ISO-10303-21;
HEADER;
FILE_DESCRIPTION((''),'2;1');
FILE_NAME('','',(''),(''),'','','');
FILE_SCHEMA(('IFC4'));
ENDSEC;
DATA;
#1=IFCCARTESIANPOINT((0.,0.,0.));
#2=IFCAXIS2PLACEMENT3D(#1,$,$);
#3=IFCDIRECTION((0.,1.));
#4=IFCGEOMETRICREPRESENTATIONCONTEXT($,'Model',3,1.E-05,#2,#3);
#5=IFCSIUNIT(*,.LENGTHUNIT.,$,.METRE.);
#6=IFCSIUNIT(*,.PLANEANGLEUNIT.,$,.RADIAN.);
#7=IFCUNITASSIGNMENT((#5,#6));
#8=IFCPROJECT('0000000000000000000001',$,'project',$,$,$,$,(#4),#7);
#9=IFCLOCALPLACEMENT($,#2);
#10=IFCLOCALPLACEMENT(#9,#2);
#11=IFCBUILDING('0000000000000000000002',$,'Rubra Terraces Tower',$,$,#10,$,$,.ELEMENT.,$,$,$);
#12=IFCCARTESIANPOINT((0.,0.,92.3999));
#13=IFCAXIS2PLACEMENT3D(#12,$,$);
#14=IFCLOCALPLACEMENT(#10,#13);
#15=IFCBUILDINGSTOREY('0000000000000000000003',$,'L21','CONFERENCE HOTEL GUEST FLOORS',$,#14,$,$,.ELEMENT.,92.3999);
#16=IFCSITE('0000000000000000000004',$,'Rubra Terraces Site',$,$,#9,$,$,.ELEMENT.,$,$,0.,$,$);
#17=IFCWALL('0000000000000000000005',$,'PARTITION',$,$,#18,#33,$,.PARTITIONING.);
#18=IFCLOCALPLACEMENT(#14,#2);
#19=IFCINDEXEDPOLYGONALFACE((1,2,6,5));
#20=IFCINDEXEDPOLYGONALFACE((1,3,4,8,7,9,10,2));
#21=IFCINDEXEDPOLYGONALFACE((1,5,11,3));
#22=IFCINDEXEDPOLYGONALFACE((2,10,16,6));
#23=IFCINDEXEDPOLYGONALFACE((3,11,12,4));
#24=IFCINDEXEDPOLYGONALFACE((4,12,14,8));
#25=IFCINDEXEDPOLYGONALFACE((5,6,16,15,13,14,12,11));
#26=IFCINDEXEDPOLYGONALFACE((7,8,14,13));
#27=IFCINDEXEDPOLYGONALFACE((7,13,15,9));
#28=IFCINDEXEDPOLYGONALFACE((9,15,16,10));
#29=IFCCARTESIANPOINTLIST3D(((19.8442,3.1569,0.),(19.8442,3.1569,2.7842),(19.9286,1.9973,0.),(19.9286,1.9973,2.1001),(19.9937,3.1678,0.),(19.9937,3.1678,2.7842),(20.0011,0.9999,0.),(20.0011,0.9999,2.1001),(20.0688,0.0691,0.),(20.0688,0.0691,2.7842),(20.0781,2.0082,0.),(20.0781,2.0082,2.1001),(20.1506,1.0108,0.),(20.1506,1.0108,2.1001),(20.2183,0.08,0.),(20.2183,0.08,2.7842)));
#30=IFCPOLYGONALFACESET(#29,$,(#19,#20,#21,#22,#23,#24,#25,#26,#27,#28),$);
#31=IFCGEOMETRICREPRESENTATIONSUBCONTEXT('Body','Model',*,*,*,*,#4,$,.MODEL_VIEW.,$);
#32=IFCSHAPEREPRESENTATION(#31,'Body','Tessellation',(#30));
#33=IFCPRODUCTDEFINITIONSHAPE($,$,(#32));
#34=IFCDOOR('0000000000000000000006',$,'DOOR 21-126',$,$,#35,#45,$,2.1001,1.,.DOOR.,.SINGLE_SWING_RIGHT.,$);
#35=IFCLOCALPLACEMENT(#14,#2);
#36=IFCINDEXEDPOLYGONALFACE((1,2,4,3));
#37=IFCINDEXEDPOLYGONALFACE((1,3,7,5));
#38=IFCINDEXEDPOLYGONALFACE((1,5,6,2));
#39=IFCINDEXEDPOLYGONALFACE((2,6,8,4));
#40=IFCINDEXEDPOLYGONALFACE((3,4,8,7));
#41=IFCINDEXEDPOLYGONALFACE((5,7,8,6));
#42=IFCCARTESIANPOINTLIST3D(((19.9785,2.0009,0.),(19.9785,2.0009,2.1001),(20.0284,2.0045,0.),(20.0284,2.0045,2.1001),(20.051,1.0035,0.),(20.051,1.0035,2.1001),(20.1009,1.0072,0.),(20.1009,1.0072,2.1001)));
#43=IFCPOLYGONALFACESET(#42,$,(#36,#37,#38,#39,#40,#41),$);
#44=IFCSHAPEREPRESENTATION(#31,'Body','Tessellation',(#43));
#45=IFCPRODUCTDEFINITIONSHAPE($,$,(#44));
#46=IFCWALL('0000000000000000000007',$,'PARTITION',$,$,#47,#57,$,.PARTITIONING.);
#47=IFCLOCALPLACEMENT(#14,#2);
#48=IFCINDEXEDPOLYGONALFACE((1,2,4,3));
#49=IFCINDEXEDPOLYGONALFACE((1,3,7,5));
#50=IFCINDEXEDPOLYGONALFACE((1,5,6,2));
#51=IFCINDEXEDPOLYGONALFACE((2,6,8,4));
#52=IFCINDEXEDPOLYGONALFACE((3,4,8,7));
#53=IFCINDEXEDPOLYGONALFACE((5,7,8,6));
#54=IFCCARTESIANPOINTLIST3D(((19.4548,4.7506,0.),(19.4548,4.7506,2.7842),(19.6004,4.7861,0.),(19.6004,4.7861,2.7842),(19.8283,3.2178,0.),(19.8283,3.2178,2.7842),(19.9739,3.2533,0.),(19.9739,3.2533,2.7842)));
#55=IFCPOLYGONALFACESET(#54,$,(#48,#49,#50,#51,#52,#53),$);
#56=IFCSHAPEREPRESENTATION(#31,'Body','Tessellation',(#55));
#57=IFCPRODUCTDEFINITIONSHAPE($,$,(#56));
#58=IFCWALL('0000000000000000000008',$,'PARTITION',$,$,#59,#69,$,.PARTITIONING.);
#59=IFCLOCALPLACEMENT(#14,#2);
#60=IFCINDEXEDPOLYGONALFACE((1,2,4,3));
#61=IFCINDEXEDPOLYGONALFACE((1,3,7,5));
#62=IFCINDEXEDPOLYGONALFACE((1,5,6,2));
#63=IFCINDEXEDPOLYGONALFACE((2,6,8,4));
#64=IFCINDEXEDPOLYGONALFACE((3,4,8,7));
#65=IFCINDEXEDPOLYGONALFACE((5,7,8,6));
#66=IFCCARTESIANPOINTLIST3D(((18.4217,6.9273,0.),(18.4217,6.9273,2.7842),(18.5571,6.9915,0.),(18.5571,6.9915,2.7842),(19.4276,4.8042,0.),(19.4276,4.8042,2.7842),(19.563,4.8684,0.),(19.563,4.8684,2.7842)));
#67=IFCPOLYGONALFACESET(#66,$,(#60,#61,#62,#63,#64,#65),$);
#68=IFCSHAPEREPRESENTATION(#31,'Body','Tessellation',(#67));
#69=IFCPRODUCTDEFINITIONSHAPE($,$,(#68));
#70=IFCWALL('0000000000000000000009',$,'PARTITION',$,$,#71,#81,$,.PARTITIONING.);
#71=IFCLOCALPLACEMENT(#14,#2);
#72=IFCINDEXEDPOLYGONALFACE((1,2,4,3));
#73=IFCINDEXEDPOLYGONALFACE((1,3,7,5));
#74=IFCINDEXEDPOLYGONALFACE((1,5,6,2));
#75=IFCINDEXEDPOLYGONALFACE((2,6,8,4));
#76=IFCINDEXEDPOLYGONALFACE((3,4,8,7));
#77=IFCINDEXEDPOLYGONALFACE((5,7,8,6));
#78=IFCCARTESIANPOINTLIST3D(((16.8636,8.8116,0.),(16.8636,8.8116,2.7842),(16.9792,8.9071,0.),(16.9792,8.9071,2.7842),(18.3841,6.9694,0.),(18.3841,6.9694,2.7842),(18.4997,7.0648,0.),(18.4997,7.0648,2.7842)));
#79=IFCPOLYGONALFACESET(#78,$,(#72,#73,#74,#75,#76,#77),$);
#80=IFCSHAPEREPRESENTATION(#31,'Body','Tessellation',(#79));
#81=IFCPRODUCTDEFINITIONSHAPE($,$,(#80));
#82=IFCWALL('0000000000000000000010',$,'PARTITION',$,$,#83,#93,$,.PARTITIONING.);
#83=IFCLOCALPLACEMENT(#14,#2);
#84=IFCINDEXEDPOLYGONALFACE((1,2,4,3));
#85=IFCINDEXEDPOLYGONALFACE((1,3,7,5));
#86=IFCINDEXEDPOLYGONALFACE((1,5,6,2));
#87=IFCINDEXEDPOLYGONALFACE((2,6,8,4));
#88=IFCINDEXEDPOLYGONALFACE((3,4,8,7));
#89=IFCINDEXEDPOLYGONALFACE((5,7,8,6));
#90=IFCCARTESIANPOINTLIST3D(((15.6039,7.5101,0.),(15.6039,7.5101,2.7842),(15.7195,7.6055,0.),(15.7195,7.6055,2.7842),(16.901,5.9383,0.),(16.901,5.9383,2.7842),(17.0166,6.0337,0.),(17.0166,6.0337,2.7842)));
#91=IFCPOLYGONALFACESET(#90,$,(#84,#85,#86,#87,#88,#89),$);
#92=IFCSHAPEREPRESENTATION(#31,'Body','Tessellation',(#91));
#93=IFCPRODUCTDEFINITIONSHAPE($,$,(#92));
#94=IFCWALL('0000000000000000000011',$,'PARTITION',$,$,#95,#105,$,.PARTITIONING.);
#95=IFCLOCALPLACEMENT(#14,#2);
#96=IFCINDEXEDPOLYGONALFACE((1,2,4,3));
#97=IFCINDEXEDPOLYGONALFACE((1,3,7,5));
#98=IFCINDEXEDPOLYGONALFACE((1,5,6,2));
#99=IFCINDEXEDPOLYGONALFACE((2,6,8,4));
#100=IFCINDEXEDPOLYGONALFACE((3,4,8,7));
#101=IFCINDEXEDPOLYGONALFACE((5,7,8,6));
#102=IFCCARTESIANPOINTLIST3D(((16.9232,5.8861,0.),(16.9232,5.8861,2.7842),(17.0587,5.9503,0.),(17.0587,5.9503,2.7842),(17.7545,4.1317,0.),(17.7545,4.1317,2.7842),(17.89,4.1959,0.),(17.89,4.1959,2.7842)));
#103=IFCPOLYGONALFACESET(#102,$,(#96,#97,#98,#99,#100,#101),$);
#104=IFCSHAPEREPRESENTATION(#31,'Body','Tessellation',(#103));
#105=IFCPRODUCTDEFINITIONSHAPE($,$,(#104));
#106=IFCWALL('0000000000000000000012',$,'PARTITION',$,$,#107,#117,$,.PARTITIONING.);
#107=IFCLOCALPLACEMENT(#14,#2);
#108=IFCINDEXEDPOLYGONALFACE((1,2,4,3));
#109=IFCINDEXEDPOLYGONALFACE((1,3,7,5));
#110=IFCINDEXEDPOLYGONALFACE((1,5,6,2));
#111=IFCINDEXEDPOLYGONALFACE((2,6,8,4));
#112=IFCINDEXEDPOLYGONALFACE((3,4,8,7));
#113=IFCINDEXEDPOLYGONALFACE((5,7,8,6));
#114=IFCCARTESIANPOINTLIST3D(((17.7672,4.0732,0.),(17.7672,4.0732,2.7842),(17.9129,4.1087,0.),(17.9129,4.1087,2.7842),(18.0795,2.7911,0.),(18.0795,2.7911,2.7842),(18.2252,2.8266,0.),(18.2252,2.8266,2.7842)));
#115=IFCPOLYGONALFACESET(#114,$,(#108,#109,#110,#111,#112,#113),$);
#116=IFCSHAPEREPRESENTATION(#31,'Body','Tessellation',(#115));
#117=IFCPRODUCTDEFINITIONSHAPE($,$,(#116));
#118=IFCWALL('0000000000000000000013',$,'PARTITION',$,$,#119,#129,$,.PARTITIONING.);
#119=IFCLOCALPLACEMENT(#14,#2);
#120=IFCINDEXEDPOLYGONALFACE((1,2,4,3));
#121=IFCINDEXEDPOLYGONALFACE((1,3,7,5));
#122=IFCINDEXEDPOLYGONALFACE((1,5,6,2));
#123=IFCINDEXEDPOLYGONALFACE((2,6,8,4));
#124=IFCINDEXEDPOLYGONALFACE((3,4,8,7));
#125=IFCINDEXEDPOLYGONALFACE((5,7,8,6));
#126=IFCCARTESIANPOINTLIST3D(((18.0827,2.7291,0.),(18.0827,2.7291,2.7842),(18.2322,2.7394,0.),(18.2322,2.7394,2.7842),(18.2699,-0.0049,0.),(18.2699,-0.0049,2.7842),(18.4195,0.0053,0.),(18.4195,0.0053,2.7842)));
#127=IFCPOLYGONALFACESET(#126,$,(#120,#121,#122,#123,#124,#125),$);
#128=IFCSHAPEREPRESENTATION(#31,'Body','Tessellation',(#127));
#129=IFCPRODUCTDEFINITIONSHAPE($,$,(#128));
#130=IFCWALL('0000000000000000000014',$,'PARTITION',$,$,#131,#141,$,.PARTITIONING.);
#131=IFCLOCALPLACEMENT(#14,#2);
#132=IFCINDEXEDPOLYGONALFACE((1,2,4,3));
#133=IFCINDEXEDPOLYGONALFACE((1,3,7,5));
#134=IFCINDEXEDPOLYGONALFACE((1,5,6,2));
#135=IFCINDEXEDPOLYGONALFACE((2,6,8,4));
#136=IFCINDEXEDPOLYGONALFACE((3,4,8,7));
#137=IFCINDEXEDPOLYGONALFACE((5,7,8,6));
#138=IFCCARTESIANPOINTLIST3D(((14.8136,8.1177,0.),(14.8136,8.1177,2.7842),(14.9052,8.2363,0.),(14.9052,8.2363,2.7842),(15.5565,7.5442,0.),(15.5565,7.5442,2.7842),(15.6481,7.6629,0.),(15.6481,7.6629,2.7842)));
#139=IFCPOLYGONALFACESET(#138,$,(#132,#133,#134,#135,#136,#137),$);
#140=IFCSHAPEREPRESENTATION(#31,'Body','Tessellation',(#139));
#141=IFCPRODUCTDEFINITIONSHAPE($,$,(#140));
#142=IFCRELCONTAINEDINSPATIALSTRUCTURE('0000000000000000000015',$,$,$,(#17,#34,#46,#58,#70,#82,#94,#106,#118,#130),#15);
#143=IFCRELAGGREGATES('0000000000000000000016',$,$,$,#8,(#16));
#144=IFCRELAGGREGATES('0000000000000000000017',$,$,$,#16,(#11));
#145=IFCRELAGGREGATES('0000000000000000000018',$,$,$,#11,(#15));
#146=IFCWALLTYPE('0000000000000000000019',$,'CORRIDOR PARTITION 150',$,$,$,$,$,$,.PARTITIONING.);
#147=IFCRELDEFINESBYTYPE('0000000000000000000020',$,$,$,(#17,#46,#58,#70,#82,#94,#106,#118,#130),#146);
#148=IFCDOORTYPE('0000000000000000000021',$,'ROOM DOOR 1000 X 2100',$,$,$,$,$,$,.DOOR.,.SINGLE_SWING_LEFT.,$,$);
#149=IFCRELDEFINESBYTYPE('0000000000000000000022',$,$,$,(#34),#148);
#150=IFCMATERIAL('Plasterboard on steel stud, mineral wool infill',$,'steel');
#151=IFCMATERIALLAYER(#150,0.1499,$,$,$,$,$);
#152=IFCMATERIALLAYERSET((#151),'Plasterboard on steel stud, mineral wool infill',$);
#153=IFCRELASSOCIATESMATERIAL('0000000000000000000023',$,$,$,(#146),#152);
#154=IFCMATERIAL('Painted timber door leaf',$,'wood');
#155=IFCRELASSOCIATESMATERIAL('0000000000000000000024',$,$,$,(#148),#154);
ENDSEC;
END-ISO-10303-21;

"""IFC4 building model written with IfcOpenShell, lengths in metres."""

from ifc_helpers import new_model, si_unit, direction, frame, frame_2d, origin, place, context, subcontext, project, spatial, rectangle, extrude, material, layer, layer_set, type_object, element, fill, save


model = new_model("IFC4")

# Units and contexts
model_context = context("Model", 3, precision=1e-05, world=origin(), true_north=direction((0.0, 1.0)))
body_context = subcontext(model_context, "Body", "Model", "MODEL_VIEW")
ifc_project = project(units=[si_unit("LENGTHUNIT", "METRE"), si_unit("PLANEANGLEUNIT", "RADIAN")], contexts=[model_context])

# Site, building, storey
site_placement = place(None, origin())
site = spatial("IfcSite", under=ifc_project, at=site_placement, Name="Rubra Terraces Site", CompositionType="ELEMENT", RefElevation=0.0)
building_placement = place(site_placement, origin())
building = spatial("IfcBuilding", under=site, at=building_placement, Name="Rubra Terraces Tower", CompositionType="ELEMENT")
storey_placement = place(building_placement, frame((0.0, 0.0, 92.3999)))
storey = spatial("IfcBuildingStorey", under=building, at=storey_placement, Name="L21", Description="CONFERENCE HOTEL GUEST FLOORS", CompositionType="ELEMENT", Elevation=92.3999)

# Wall, opening, door
ifc_material_1 = material(Name="Plasterboard on steel stud, mineral wool infill", Category="steel")
ifc_layer_1 = layer(ifc_material_1, 0.1499)
ifc_layer_set_1 = layer_set([ifc_layer_1], Name="Plasterboard on steel stud, mineral wool infill")
wall_type_1 = type_object("IfcWallType", Name="CORRIDOR PARTITION 150", PredefinedType="PARTITIONING", material=ifc_layer_set_1)
wall_1_placement = place(storey_placement, frame((20.1436, 0.0747, 0.0), z_axis=(0.0, 0.0, 1.0), x_axis=(-0.072547, 0.997365, 0.0)))
wall_1 = element("IfcWall", 1, at=wall_1_placement, inside=storey, type_object=wall_type_1, Name="PARTITION", PredefinedType="PARTITIONING", context=body_context, shape_type="SweptSolid", body=[
    extrude(rectangle(XDim=3.0959, YDim=0.1499, at=frame_2d((1.5479, 0.0))), origin(), (0.0, 0.0, 1.0), 2.7842),
])
opening_1_placement = place(wall_1_placement, frame((0.9331, 0.0, 0.0)))
opening_1 = element("IfcOpeningElement", 2, at=opening_1_placement, cuts=wall_1, PredefinedType="OPENING", context=body_context, shape_type="SweptSolid", body=[
    extrude(rectangle(XDim=1.0, YDim=2.1001, at=frame_2d((0.5, 1.05))), frame((0.0, 0.085, 0.0), z_axis=(0.0, -1.0, 0.0), x_axis=(1.0, 0.0, 0.0)), (0.0, 0.0, 1.0), 0.1699),
])
ifc_material_2 = material(Name="Painted timber door leaf", Category="wood")
door_type_1 = type_object("IfcDoorType", Name="ROOM DOOR 1000 X 2100", OperationType="SINGLE_SWING_LEFT", PredefinedType="DOOR", material=ifc_material_2)
door_1_placement = place(opening_1_placement, origin())
door_1 = element("IfcDoor", 3, at=door_1_placement, inside=storey, type_object=door_type_1, Name="DOOR 21-126", OperationType="SINGLE_SWING_RIGHT", OverallHeight=2.1001, OverallWidth=1.0, PredefinedType="DOOR", context=body_context, shape_type="SweptSolid", body=[
    extrude(rectangle(XDim=1.0, YDim=2.1001, at=frame_2d((0.5, 1.05))), frame((0.0, 0.0249, 0.0), z_axis=(0.0, -1.0, 0.0), x_axis=(1.0, 0.0, 0.0)), (0.0, 0.0, 1.0), 0.05),
])
fill(opening_1, door_1)

# Walls
wall_2_placement = place(storey_placement, frame((19.9011, 3.2356, 0.0), z_axis=(0.0, 0.0, 1.0), x_axis=(-0.236778, 0.971564, 0.0)))
element("IfcWall", 4, at=wall_2_placement, inside=storey, type_object=wall_type_1, Name="PARTITION", PredefinedType="PARTITIONING", context=body_context, shape_type="SweptSolid", body=[
    extrude(rectangle(XDim=1.5776, YDim=0.1499, at=frame_2d((0.7888, 0.0))), origin(), (0.0, 0.0, 1.0), 2.7842),
])
wall_3_placement = place(storey_placement, frame((19.4954, 4.8362, 0.0), z_axis=(0.0, 0.0, 1.0), x_axis=(-0.428158, 0.903704, 0.0)))
element("IfcWall", 5, at=wall_3_placement, inside=storey, type_object=wall_type_1, Name="PARTITION", PredefinedType="PARTITIONING", context=body_context, shape_type="SweptSolid", body=[
    extrude(rectangle(XDim=2.3494, YDim=0.1499, at=frame_2d((1.1748, 0.0))), origin(), (0.0, 0.0, 1.0), 2.7842),
])
wall_4_placement = place(storey_placement, frame((18.4419, 7.0171, 0.0), z_axis=(0.0, 0.0, 1.0), x_axis=(-0.636538, 0.771245, 0.0)))
element("IfcWall", 6, at=wall_4_placement, inside=storey, type_object=wall_type_1, Name="PARTITION", PredefinedType="PARTITIONING", context=body_context, shape_type="SweptSolid", body=[
    extrude(rectangle(XDim=2.3887, YDim=0.1499, at=frame_2d((1.1943, 0.0))), origin(), (0.0, 0.0, 1.0), 2.7842),
])
wall_5_placement = place(storey_placement, frame((15.6616, 7.5579, 0.0), z_axis=(0.0, 0.0, 1.0), x_axis=(0.636501, -0.771276, 0.0)))
element("IfcWall", 7, at=wall_5_placement, inside=storey, type_object=wall_type_1, Name="PARTITION", PredefinedType="PARTITIONING", context=body_context, shape_type="SweptSolid", body=[
    extrude(rectangle(XDim=2.0378, YDim=0.1499, at=frame_2d((1.019, 0.0))), origin(), (0.0, 0.0, 1.0), 2.7842),
])
wall_6_placement = place(storey_placement, frame((16.991, 5.9182, 0.0), z_axis=(0.0, 0.0, 1.0), x_axis=(0.4282, -0.903684, 0.0)))
element("IfcWall", 8, at=wall_6_placement, inside=storey, type_object=wall_type_1, Name="PARTITION", PredefinedType="PARTITIONING", context=body_context, shape_type="SweptSolid", body=[
    extrude(rectangle(XDim=1.9414, YDim=0.1499, at=frame_2d((0.9707, 0.0))), origin(), (0.0, 0.0, 1.0), 2.7842),
])
wall_7_placement = place(storey_placement, frame((17.8401, 4.0908, 0.0), z_axis=(0.0, 0.0, 1.0), x_axis=(0.236654, -0.971594, 0.0)))
element("IfcWall", 9, at=wall_7_placement, inside=storey, type_object=wall_type_1, Name="PARTITION", PredefinedType="PARTITIONING", context=body_context, shape_type="SweptSolid", body=[
    extrude(rectangle(XDim=1.3196, YDim=0.1499, at=frame_2d((0.6597, 0.0))), origin(), (0.0, 0.0, 1.0), 2.7842),
])
wall_8_placement = place(storey_placement, frame((18.1575, 2.7341, 0.0), z_axis=(0.0, 0.0, 1.0), x_axis=(0.068328, -0.997663, 0.0)))
element("IfcWall", 10, at=wall_8_placement, inside=storey, type_object=wall_type_1, Name="PARTITION", PredefinedType="PARTITIONING", context=body_context, shape_type="SweptSolid", body=[
    extrude(rectangle(XDim=2.7405, YDim=0.1499, at=frame_2d((1.3701, 0.0))), origin(), (0.0, 0.0, 1.0), 2.7842),
])
wall_9_placement = place(storey_placement, frame((14.8594, 8.177, 0.0), z_axis=(0.0, 0.0, 1.0), x_axis=(0.791588, -0.611055, 0.0)))
element("IfcWall", 11, at=wall_9_placement, inside=storey, type_object=wall_type_1, Name="PARTITION", PredefinedType="PARTITIONING", context=body_context, shape_type="SweptSolid", body=[
    extrude(rectangle(XDim=0.9385, YDim=0.1499, at=frame_2d((0.4692, 0.0))), origin(), (0.0, 0.0, 1.0), 2.7842),
])

save(model, "model.ifc")
